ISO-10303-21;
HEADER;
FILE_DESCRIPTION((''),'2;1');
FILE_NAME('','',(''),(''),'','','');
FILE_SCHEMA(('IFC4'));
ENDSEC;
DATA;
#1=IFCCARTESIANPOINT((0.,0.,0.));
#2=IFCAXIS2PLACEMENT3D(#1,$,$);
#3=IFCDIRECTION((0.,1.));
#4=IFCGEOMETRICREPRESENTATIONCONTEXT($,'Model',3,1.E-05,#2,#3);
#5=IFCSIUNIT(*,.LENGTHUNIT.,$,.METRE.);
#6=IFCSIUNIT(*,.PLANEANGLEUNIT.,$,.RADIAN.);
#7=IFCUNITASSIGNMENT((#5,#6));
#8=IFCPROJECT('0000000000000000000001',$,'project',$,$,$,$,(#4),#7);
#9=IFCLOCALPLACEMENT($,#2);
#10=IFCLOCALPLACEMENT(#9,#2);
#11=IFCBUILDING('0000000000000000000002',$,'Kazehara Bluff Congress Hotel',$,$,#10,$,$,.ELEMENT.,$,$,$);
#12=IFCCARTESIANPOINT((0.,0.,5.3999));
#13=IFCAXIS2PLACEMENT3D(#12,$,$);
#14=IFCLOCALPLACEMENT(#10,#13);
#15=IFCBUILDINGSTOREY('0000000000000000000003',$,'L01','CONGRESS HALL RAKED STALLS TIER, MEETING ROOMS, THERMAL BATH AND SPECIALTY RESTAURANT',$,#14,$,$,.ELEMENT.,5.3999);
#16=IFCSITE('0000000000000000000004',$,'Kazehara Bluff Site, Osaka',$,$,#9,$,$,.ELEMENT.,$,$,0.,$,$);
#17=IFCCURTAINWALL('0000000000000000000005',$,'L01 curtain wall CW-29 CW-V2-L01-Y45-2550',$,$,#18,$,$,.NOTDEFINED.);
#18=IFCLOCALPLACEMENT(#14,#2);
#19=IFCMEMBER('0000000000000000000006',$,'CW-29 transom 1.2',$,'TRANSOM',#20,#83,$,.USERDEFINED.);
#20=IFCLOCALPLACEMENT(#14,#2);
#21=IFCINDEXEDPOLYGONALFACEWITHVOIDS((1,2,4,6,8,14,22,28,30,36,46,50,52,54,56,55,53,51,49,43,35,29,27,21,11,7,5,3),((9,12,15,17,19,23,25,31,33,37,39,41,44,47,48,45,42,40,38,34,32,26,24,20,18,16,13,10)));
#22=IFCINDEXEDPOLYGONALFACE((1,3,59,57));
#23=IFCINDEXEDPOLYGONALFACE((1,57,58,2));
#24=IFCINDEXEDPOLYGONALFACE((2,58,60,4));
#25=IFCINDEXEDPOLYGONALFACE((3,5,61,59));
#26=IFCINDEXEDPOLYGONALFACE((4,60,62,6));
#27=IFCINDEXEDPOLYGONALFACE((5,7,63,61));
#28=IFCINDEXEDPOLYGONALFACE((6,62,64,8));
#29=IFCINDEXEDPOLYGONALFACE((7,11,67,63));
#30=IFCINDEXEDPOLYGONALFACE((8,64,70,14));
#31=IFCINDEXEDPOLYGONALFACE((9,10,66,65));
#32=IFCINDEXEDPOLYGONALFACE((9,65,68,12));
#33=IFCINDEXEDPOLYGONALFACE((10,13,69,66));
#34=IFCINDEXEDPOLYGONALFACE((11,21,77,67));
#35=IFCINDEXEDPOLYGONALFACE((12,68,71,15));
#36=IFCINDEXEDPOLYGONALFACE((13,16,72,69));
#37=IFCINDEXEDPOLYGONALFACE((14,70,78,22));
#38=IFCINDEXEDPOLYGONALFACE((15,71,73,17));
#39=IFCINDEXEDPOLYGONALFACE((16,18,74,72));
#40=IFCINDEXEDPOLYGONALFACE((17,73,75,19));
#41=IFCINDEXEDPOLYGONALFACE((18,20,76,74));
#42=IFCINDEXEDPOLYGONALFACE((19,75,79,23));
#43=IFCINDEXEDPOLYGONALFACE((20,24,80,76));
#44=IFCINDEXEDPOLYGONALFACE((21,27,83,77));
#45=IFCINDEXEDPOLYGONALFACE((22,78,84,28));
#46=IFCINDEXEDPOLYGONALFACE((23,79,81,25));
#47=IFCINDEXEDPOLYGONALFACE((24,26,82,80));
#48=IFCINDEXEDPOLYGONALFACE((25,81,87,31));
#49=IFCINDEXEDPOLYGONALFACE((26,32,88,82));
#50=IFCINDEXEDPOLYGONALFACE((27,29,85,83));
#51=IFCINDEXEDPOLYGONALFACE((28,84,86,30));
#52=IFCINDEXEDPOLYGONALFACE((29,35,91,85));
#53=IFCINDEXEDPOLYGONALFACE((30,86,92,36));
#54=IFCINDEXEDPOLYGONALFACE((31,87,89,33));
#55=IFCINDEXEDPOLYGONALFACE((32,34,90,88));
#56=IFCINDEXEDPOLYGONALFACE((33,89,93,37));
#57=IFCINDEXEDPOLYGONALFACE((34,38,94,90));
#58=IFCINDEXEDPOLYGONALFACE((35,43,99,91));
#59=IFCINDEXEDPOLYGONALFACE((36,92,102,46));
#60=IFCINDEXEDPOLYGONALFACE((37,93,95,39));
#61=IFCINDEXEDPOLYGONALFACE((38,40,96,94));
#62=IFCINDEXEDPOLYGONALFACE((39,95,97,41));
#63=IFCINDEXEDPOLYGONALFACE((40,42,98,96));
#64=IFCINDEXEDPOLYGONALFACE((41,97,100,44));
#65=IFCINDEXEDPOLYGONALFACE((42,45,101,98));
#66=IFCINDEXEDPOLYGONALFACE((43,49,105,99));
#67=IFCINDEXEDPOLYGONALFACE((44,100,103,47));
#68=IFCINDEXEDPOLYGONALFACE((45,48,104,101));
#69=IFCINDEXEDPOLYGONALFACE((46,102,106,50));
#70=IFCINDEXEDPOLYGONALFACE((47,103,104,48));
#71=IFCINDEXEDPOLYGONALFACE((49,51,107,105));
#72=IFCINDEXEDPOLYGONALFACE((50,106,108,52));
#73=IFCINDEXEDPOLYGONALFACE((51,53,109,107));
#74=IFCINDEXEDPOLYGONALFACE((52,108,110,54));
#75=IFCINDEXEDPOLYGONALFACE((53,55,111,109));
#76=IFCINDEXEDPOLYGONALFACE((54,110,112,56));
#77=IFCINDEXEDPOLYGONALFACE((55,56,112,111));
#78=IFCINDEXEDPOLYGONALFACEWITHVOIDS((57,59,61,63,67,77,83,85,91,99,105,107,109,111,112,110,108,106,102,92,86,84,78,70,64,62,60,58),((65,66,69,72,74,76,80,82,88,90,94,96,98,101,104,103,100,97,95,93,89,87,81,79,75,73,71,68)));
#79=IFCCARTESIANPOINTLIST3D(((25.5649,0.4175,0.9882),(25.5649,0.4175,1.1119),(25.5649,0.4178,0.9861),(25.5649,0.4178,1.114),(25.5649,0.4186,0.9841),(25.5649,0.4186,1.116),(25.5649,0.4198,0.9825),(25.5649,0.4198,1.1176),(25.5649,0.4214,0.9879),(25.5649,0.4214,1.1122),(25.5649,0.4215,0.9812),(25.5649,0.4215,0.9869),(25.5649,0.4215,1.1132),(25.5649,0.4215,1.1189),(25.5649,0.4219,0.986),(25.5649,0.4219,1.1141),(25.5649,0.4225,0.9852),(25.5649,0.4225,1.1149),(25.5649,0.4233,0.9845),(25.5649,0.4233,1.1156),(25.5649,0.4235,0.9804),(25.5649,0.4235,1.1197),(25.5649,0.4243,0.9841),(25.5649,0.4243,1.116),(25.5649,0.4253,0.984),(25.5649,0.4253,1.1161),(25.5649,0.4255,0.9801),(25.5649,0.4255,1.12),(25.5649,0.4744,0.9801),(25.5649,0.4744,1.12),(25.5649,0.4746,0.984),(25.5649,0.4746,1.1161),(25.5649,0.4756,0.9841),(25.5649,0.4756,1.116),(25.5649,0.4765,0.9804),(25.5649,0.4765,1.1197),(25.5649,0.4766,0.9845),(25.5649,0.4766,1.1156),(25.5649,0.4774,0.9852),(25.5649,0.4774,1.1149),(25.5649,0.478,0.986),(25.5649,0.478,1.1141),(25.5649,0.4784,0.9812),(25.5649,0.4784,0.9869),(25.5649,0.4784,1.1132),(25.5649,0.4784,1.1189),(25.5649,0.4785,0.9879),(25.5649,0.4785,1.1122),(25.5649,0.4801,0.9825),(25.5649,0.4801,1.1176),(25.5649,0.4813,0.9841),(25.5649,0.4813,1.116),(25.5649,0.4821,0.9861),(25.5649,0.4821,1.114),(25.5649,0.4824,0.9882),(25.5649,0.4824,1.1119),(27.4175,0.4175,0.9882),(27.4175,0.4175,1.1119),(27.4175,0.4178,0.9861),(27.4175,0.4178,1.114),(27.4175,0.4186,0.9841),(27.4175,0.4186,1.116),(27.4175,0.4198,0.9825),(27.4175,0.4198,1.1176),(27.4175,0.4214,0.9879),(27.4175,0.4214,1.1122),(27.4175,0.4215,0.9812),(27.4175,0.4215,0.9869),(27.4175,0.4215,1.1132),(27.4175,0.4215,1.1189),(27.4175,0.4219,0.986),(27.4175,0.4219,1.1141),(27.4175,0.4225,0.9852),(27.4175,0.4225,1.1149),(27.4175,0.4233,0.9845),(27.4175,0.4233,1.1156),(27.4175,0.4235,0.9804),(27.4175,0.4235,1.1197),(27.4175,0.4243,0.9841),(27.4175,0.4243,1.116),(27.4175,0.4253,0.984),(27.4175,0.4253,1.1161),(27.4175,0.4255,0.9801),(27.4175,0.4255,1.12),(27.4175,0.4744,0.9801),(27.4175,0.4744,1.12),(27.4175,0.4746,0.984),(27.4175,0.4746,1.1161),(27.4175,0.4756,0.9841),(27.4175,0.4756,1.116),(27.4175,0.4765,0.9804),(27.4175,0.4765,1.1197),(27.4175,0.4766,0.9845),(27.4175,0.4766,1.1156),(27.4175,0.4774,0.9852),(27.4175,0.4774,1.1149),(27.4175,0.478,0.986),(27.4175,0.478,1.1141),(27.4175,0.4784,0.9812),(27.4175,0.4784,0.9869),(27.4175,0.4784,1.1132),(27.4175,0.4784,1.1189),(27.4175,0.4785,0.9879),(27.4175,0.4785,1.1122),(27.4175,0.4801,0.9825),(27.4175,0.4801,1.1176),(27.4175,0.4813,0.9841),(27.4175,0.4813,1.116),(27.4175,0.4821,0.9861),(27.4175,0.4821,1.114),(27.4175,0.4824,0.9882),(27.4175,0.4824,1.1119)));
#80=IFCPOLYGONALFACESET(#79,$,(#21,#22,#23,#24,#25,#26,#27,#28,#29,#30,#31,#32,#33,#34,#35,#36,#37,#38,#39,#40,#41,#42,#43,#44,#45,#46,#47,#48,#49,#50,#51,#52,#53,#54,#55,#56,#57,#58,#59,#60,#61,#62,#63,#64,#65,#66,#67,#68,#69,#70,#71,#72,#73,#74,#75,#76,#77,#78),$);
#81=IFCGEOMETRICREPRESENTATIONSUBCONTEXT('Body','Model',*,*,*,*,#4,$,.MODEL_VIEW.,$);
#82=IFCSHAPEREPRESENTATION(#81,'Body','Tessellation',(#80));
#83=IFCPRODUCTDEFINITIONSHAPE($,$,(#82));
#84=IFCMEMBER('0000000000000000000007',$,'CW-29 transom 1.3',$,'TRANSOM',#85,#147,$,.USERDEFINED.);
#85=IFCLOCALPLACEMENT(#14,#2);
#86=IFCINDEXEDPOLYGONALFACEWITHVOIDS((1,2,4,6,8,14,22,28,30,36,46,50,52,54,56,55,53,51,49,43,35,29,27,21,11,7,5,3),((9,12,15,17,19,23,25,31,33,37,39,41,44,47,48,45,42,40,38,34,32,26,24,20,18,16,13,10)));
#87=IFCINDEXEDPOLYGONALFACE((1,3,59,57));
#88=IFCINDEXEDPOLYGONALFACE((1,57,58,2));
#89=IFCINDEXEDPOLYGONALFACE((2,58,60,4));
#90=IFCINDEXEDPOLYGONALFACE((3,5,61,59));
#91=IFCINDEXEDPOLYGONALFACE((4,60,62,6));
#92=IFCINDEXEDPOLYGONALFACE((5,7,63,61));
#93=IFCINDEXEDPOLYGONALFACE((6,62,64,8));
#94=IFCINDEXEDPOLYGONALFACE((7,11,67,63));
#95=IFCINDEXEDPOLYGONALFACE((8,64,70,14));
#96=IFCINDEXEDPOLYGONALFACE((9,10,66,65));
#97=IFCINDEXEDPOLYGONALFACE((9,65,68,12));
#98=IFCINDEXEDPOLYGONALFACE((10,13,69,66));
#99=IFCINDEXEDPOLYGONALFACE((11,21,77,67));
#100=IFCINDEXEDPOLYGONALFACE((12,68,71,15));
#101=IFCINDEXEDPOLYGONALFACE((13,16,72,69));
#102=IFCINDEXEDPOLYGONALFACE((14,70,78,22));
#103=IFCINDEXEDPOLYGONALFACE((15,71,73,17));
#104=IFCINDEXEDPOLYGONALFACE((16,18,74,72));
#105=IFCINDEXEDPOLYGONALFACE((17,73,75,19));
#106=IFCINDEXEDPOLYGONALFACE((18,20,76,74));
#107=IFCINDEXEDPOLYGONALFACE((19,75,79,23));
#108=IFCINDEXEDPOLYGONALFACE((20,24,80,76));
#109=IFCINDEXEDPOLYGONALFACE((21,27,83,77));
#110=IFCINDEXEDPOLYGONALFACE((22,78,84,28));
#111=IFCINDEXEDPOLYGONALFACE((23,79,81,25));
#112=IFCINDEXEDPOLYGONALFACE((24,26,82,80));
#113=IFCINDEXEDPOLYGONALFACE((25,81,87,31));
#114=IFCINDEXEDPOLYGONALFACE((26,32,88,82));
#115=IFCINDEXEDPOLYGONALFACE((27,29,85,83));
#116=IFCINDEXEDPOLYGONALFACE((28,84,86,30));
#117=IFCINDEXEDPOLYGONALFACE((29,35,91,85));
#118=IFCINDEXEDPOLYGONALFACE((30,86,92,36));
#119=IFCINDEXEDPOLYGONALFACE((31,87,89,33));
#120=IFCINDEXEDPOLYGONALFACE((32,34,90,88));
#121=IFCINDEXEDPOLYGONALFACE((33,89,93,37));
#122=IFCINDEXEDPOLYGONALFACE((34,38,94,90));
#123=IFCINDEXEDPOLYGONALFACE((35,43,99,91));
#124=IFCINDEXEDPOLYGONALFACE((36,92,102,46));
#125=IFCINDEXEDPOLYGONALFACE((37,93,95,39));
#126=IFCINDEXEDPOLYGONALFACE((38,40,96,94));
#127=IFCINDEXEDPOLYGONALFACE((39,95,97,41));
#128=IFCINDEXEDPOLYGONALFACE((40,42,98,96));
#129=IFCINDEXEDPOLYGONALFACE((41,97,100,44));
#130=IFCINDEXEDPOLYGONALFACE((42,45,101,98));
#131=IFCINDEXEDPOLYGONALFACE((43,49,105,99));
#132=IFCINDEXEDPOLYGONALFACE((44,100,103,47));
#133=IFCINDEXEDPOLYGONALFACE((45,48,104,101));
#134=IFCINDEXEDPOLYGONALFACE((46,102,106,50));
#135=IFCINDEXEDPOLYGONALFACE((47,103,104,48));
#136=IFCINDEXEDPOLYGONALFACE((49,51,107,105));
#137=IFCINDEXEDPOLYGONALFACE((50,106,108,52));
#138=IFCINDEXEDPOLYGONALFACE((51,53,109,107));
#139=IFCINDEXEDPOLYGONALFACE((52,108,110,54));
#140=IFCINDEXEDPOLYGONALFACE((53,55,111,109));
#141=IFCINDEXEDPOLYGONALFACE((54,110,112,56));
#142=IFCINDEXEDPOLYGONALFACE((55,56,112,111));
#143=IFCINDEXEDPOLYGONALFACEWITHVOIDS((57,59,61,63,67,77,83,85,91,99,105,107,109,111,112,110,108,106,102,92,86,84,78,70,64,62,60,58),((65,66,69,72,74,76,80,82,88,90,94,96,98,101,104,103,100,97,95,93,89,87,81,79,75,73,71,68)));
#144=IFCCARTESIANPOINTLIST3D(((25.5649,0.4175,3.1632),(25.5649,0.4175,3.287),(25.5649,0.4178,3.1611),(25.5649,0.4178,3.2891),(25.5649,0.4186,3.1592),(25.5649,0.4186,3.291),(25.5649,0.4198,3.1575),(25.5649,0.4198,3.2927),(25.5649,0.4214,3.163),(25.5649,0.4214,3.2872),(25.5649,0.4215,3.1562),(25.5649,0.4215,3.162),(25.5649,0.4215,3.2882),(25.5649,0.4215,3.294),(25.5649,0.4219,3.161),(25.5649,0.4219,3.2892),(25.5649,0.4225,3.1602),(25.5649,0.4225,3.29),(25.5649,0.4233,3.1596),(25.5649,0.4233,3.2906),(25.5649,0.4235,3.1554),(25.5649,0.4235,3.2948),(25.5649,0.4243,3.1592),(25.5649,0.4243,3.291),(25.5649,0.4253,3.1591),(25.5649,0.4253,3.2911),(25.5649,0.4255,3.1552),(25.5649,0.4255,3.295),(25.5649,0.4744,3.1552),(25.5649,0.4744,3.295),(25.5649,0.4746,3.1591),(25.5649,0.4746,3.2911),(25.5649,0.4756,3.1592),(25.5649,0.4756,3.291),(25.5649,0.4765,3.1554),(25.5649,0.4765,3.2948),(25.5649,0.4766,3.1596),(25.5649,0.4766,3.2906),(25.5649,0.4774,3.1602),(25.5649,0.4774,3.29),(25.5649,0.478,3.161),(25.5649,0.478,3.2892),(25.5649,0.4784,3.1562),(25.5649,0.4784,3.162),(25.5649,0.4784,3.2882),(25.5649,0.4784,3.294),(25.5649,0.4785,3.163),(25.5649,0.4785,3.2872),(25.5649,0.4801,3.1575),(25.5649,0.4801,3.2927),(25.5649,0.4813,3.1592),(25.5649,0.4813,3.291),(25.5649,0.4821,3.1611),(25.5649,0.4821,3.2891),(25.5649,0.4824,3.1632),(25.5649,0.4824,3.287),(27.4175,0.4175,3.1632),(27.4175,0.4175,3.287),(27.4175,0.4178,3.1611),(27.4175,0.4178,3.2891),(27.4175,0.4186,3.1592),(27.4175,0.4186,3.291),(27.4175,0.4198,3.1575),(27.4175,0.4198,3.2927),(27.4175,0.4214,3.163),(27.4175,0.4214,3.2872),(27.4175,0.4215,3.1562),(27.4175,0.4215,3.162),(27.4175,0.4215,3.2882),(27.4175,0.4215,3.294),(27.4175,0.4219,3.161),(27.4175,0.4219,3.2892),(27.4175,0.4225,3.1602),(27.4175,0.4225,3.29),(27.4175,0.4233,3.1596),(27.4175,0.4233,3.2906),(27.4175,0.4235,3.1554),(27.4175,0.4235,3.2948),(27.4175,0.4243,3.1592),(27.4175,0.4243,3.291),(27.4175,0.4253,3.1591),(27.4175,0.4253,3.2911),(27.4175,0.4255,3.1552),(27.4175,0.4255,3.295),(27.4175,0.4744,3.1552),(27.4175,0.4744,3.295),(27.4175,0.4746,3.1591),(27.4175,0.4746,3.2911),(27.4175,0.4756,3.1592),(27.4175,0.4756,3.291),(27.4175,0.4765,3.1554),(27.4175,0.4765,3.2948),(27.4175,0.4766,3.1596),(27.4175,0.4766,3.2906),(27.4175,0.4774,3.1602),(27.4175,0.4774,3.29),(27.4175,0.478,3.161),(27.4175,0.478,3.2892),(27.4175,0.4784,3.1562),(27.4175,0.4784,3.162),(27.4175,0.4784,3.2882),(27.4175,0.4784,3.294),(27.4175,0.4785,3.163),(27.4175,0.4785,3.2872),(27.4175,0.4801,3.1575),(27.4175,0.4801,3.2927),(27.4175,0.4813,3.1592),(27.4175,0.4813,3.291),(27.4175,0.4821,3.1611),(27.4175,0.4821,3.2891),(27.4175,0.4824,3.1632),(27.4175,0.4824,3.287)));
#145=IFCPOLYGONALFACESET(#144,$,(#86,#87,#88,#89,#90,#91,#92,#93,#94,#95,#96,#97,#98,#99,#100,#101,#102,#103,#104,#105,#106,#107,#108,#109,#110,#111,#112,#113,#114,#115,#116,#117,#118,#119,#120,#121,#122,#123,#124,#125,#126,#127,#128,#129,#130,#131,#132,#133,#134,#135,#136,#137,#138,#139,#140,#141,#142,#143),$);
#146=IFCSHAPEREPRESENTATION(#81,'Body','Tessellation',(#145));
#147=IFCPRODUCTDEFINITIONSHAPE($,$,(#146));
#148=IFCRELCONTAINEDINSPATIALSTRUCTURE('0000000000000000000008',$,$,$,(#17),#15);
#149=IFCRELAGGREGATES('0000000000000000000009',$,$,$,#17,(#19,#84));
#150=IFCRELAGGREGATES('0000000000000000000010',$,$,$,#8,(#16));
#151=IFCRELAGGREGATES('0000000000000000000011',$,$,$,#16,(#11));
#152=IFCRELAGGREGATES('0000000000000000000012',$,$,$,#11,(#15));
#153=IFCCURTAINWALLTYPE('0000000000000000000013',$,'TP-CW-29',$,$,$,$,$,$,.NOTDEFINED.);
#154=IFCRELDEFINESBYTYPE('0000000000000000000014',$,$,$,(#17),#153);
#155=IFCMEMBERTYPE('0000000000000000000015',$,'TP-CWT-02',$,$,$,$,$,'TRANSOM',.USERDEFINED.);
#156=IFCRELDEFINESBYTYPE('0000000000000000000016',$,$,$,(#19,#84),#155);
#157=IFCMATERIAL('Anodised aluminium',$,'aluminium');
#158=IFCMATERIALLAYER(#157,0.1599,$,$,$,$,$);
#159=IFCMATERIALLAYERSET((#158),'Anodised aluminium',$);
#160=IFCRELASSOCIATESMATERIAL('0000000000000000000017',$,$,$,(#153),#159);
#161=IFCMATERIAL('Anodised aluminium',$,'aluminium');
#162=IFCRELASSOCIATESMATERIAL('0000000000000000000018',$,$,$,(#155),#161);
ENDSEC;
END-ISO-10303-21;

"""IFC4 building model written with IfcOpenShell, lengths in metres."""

from ifc_helpers import new_model, si_unit, direction, frame, origin, origin_2d, place, context, subcontext, project, spatial, hollow_rectangle, extrude, material, layer, layer_set, material_profile, profile_set, type_object, element, aggregate, save


model = new_model("IFC4")

# Units and contexts
model_context = context("Model", 3, precision=1e-05, world=origin(), true_north=direction((0.0, 1.0)))
body_context = subcontext(model_context, "Body", "Model", "MODEL_VIEW")
ifc_project = project(units=[si_unit("LENGTHUNIT", "METRE"), si_unit("PLANEANGLEUNIT", "RADIAN")], contexts=[model_context])

# Site, building, storey
site_placement = place(None, origin())
site = spatial("IfcSite", under=ifc_project, at=site_placement, Name="Kazehara Bluff Site, Osaka", CompositionType="ELEMENT", RefElevation=0.0)
building_placement = place(site_placement, origin())
building = spatial("IfcBuilding", under=site, at=building_placement, Name="Kazehara Bluff Congress Hotel", CompositionType="ELEMENT")
storey_placement = place(building_placement, frame((0.0, 0.0, 5.3999)))
storey = spatial("IfcBuildingStorey", under=building, at=storey_placement, Name="L01", Description="CONGRESS HALL RAKED STALLS TIER, MEETING ROOMS, THERMAL BATH AND SPECIALTY RESTAURANT", CompositionType="ELEMENT", Elevation=5.3999)

# Curtain wall, members
ifc_material_1 = material(Name="Anodised aluminium", Category="aluminium")
ifc_layer_1 = layer(ifc_material_1, 0.1599)
ifc_layer_set_1 = layer_set([ifc_layer_1], Name="Anodised aluminium")
curtain_wall_type = type_object("IfcCurtainWallType", Name="TP-CW-29", PredefinedType="NOTDEFINED", material=ifc_layer_set_1)
curtain_wall_placement = place(storey_placement, origin())
curtain_wall = element("IfcCurtainWall", 1, at=curtain_wall_placement, inside=storey, type_object=curtain_wall_type, Name="L01 curtain wall CW-29 CW-V2-L01-Y45-2550", PredefinedType="NOTDEFINED")
ifc_material_2 = material(Name="Anodised aluminium", Category="aluminium")
ifc_material_profile_1 = material_profile(ifc_material_2, hollow_rectangle(XDim=0.0649, YDim=0.1399, WallThickness=0.0039, InnerFilletRadius=0.0039, OuterFilletRadius=0.0081, at=origin_2d()))
ifc_profile_set_1 = profile_set([ifc_material_profile_1], Name="Anodised aluminium")
member_type_1 = type_object("IfcMemberType", Name="TP-CWT-02", ElementType="TRANSOM", PredefinedType="USERDEFINED", material=ifc_profile_set_1)
member_1_placement = place(storey_placement, frame((25.5649, 0.45, 1.05), z_axis=(1.0, 0.0, 0.0), x_axis=(0.0, 1.0, 0.0)))
member_1 = element("IfcMember", 2, at=member_1_placement, type_object=member_type_1, Name="CW-29 transom 1.2", ObjectType="TRANSOM", PredefinedType="USERDEFINED", context=body_context, shape_type="SweptSolid", body=[
    extrude(hollow_rectangle(XDim=0.0649, YDim=0.1399, WallThickness=0.0039, InnerFilletRadius=0.0039, OuterFilletRadius=0.0081, at=origin_2d()), origin(), (0.0, 0.0, 1.0), 1.8525),
])
member_2_placement = place(storey_placement, frame((25.5649, 0.45, 3.2251), z_axis=(1.0, 0.0, 0.0), x_axis=(0.0, 1.0, 0.0)))
member_2 = element("IfcMember", 3, at=member_2_placement, type_object=member_type_1, Name="CW-29 transom 1.3", ObjectType="TRANSOM", PredefinedType="USERDEFINED", context=body_context, shape_type="SweptSolid", body=[
    extrude(hollow_rectangle(XDim=0.0649, YDim=0.1399, WallThickness=0.0039, InnerFilletRadius=0.0039, OuterFilletRadius=0.0081, at=origin_2d()), origin(), (0.0, 0.0, 1.0), 1.8525),
])
aggregate(curtain_wall, [member_1, member_2])

save(model, "model.ifc")
